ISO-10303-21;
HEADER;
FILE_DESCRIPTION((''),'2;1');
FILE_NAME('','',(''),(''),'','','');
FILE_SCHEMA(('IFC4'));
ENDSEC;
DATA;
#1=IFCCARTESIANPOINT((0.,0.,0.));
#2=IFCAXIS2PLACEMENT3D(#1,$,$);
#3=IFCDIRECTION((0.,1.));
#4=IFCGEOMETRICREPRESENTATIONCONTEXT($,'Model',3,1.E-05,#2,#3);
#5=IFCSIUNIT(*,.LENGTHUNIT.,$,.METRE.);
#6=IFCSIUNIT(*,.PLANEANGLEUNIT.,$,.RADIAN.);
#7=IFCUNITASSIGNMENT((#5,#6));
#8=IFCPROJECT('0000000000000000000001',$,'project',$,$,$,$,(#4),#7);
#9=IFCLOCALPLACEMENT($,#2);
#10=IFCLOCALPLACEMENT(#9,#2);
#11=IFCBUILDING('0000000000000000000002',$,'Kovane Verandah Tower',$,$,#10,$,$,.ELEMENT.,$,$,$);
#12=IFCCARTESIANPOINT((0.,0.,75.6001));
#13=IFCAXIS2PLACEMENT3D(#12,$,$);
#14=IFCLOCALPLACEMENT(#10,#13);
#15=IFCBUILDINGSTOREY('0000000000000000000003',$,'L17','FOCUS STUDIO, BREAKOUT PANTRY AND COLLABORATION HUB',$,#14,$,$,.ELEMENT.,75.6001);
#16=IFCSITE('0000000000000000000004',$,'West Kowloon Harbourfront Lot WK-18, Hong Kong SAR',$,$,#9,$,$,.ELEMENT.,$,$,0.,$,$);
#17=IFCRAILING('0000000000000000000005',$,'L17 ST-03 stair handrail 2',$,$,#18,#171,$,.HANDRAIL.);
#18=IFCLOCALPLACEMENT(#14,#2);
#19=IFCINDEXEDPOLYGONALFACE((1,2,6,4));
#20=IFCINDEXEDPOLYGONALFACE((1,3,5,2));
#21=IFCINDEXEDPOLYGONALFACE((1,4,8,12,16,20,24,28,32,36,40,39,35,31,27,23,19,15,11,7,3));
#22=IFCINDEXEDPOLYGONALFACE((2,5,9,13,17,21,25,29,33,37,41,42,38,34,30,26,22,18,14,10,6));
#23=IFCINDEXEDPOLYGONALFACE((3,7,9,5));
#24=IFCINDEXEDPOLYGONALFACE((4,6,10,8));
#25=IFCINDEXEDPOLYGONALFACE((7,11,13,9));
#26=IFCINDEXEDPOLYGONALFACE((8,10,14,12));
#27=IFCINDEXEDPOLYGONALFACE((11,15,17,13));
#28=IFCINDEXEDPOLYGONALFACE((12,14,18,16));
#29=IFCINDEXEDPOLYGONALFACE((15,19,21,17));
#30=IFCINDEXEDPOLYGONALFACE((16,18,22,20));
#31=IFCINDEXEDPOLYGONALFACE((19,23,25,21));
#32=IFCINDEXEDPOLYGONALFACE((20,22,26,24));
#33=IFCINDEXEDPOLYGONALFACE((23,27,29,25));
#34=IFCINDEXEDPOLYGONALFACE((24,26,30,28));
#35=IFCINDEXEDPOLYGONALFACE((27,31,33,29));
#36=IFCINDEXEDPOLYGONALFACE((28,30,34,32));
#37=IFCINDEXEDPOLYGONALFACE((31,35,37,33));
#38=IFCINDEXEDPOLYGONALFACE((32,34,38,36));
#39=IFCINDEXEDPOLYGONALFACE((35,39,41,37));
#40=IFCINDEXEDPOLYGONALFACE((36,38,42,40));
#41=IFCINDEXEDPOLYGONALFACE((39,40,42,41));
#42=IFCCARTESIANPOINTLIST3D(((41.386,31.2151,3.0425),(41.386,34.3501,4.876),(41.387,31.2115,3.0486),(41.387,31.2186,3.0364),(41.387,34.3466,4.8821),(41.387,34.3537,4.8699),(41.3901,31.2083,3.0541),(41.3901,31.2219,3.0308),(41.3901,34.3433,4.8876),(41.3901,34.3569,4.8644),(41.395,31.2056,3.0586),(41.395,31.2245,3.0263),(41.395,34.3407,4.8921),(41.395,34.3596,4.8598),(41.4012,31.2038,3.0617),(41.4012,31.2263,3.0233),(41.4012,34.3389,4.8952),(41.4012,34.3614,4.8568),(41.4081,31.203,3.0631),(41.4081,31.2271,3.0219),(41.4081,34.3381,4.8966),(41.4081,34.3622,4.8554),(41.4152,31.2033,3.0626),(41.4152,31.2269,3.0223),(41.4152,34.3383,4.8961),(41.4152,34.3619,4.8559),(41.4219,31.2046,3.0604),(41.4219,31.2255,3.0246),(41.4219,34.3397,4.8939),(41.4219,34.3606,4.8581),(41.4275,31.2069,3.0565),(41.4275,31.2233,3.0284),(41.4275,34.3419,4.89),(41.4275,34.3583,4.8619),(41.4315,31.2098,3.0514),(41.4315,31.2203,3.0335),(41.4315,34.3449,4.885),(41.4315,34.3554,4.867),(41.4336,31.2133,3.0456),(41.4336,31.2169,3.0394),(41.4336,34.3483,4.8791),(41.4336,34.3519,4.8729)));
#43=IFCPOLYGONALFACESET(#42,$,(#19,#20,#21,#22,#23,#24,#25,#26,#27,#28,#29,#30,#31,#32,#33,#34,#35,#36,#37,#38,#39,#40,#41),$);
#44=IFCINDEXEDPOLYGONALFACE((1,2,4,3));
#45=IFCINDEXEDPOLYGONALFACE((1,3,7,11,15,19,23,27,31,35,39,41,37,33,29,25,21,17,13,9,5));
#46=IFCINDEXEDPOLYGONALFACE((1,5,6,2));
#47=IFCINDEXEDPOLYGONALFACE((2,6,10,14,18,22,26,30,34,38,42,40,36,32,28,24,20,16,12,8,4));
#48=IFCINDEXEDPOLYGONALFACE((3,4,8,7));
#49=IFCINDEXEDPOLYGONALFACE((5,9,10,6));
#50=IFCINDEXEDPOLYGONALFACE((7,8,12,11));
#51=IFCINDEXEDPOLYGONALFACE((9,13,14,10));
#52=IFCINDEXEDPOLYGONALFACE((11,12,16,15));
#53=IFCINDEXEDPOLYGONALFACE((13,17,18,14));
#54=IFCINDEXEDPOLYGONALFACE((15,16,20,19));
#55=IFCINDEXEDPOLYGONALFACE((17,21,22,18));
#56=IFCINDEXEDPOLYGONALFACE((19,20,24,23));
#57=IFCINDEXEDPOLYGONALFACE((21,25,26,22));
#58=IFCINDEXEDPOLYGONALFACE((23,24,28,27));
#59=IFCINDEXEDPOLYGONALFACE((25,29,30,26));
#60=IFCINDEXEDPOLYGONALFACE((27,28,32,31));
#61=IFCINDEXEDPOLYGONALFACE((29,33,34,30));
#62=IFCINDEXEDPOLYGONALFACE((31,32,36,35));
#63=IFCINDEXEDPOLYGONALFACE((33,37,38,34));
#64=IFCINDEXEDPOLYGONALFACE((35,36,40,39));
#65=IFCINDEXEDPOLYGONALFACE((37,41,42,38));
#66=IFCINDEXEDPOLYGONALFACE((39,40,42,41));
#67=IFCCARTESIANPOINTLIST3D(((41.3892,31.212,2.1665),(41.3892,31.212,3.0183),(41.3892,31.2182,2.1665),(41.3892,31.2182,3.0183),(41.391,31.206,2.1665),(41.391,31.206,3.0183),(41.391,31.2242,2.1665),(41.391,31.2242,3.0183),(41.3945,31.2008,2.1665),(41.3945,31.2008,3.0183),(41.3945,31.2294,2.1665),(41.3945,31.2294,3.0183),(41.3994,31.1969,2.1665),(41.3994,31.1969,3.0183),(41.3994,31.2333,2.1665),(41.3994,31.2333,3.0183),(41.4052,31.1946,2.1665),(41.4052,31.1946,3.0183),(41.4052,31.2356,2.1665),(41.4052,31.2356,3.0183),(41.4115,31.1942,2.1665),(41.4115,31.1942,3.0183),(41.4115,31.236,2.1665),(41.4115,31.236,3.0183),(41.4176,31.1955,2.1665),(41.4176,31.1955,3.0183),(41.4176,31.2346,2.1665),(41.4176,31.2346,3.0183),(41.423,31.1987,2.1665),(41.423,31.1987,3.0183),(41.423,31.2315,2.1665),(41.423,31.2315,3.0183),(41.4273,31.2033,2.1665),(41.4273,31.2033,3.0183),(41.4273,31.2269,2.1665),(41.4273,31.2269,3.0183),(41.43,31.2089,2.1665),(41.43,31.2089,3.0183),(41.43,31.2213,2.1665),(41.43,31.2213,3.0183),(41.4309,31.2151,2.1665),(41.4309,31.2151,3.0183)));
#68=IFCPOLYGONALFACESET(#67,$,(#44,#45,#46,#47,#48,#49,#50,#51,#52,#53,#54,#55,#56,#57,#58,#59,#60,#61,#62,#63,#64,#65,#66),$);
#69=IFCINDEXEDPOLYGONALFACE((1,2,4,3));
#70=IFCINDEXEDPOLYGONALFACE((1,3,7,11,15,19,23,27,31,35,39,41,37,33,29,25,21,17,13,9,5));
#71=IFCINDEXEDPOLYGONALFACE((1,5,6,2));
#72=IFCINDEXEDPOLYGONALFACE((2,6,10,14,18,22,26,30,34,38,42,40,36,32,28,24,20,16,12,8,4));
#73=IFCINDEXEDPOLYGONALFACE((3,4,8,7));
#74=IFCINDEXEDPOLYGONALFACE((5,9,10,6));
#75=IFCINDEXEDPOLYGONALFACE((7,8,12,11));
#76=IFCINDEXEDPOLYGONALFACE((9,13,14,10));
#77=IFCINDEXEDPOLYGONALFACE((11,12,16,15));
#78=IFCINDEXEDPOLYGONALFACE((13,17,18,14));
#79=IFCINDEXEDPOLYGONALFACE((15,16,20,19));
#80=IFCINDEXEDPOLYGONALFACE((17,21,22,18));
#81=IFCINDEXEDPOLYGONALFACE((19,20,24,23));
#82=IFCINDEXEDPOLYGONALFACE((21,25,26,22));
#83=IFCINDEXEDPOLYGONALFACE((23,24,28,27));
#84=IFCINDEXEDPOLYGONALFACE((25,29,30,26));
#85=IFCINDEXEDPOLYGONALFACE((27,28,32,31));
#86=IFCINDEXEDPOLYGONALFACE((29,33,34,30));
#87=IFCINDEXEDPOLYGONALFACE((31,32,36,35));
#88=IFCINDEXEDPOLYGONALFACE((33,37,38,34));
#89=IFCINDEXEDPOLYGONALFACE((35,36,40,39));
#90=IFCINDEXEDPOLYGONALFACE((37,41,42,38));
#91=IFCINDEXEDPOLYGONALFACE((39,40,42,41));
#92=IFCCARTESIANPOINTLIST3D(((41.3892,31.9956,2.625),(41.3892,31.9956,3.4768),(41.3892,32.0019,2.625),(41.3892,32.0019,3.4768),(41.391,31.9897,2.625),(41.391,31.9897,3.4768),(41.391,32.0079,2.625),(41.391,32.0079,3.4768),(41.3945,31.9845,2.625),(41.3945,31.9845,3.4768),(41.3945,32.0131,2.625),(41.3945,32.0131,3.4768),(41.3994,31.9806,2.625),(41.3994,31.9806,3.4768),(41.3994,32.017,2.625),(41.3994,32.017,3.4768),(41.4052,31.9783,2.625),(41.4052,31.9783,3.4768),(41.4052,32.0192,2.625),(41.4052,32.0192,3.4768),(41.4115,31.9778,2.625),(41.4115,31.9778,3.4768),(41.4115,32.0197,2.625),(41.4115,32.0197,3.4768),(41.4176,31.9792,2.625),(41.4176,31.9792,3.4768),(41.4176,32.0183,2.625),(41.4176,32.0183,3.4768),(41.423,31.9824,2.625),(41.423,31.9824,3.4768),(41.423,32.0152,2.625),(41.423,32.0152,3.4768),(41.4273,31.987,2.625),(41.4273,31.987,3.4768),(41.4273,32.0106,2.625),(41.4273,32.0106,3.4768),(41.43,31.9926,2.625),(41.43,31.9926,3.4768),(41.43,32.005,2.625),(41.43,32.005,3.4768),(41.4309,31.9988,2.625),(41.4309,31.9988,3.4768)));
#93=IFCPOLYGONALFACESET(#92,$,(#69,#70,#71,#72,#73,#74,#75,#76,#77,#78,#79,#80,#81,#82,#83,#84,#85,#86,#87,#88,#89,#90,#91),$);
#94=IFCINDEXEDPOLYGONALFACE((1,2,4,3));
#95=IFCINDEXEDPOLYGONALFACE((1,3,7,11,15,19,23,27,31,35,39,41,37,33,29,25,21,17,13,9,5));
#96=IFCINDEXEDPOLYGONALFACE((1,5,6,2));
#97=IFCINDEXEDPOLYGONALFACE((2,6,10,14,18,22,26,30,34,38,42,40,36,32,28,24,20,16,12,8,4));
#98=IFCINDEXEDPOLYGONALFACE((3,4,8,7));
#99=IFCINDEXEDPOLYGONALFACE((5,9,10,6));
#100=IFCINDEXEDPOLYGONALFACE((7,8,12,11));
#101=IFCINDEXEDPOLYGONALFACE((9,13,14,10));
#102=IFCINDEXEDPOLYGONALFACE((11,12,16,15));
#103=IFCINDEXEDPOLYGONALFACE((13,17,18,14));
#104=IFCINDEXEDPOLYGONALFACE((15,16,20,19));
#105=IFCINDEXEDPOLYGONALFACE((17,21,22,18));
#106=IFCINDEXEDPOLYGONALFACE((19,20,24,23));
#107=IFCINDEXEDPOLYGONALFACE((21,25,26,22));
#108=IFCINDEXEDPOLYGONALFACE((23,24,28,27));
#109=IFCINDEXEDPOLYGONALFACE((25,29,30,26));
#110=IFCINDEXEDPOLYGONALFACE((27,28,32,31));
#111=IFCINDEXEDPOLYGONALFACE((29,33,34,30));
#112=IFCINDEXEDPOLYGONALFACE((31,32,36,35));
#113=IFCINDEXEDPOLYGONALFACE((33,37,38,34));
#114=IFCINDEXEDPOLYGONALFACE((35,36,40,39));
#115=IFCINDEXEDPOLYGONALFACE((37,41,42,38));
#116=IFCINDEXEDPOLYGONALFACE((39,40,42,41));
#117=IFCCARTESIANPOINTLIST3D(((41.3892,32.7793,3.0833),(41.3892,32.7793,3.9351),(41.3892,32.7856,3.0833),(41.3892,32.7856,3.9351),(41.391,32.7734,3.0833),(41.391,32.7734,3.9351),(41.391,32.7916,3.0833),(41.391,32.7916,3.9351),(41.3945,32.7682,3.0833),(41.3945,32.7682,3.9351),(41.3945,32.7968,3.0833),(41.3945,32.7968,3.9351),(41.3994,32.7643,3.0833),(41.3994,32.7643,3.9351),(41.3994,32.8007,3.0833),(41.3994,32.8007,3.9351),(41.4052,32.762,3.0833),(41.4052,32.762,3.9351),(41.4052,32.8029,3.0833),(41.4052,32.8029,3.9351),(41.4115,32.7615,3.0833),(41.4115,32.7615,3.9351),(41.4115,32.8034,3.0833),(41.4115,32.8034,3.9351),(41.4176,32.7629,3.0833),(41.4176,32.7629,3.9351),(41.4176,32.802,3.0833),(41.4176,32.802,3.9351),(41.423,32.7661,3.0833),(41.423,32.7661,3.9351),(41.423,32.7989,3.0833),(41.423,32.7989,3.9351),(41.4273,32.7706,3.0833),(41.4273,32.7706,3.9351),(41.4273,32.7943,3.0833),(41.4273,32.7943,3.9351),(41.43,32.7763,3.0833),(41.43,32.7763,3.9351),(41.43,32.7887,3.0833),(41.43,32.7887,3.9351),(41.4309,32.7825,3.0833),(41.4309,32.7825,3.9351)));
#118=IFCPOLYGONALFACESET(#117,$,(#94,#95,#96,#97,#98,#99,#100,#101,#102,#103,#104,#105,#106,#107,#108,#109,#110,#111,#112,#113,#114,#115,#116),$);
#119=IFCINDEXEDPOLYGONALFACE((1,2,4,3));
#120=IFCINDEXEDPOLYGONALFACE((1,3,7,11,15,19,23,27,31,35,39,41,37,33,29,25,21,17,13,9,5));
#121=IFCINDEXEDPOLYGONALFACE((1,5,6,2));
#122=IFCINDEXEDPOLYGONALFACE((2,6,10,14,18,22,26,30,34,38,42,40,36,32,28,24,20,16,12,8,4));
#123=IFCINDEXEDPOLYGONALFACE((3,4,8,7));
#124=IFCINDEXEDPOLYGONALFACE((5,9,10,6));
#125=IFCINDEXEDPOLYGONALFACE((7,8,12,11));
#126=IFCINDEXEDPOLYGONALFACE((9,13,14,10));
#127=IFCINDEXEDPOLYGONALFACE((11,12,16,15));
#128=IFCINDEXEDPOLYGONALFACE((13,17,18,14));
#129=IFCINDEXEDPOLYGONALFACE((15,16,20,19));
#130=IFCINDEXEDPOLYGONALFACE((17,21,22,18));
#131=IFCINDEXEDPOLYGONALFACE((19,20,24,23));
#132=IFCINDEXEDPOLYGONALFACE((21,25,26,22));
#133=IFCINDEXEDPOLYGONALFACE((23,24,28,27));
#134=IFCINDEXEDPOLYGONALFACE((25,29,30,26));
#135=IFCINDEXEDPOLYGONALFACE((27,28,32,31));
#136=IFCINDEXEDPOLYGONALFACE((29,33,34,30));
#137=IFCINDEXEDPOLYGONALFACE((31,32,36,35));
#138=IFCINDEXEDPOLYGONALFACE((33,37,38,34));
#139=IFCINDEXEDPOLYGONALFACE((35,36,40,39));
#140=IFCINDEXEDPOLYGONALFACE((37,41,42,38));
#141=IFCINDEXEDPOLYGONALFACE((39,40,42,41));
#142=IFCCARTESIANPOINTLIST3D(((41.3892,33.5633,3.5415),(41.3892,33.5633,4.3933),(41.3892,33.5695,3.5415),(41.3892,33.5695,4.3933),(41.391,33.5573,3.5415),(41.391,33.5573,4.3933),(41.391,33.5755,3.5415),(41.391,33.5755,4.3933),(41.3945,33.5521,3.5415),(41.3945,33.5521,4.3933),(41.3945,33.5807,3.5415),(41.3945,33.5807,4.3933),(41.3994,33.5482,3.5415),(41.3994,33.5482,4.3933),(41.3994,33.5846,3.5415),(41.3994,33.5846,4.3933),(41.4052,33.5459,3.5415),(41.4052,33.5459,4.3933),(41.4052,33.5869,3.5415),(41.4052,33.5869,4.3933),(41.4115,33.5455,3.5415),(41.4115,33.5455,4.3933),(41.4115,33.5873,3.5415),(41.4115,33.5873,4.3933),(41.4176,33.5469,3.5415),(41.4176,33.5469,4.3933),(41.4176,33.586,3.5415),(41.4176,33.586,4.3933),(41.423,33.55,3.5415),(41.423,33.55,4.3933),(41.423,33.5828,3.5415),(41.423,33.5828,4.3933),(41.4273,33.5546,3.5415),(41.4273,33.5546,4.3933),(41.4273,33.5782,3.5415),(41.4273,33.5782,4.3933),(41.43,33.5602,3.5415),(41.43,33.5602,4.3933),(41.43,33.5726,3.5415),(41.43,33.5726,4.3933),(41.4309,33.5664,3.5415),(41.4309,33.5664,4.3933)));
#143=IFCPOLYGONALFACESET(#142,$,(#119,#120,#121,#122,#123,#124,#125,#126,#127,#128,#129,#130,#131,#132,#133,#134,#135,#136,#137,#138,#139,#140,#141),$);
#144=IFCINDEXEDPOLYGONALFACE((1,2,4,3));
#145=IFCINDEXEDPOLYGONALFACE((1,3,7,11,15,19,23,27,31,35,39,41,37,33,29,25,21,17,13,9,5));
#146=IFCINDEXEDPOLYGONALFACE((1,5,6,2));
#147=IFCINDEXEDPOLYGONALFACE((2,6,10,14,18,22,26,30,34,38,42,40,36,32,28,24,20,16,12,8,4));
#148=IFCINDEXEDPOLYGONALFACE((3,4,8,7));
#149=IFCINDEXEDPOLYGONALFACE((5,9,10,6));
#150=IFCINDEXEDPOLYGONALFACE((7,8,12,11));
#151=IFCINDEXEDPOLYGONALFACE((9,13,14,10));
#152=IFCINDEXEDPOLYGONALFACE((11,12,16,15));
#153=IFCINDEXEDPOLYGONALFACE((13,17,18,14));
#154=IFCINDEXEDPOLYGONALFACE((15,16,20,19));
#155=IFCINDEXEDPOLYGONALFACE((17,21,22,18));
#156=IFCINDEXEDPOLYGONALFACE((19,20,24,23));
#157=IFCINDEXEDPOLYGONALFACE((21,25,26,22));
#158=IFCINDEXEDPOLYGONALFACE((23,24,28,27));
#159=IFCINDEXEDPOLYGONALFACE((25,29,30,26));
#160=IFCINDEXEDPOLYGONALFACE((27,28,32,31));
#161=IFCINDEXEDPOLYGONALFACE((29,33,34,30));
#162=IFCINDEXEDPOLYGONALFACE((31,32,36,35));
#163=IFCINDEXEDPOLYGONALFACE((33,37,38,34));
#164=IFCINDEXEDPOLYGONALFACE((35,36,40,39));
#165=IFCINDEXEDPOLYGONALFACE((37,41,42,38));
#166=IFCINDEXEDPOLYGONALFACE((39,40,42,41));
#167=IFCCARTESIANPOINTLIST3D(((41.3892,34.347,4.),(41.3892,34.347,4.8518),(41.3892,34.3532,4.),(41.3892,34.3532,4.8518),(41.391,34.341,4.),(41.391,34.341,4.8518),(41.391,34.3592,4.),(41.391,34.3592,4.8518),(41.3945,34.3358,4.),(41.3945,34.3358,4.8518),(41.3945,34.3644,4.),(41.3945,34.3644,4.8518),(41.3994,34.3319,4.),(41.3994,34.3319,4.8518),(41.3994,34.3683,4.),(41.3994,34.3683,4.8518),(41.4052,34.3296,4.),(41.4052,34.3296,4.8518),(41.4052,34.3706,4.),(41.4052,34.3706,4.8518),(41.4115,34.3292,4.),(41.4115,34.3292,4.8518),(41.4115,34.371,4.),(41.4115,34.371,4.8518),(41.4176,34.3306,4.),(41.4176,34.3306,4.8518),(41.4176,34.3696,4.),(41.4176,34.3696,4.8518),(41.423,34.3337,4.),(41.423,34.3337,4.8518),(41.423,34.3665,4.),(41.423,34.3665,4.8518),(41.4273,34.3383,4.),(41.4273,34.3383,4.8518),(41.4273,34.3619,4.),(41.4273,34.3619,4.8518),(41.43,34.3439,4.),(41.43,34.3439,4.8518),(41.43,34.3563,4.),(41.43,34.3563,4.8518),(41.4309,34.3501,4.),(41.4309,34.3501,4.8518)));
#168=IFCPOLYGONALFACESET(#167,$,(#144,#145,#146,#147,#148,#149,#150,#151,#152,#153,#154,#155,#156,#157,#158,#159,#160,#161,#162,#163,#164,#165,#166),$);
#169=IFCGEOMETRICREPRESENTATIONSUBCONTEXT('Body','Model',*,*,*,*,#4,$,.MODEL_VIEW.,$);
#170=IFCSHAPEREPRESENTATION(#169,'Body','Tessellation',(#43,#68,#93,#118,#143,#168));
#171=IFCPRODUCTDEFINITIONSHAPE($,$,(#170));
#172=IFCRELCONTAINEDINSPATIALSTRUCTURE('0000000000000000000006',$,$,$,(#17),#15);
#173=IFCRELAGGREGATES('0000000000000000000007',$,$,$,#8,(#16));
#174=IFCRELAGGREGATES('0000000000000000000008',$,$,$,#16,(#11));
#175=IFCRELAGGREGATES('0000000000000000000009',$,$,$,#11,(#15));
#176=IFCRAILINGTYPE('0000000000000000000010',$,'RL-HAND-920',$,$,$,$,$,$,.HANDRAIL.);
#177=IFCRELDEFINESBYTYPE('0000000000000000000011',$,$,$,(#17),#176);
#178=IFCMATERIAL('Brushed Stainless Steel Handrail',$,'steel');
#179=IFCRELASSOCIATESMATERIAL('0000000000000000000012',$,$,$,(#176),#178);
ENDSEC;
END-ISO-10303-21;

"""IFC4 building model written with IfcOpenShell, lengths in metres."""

from ifc_helpers import new_model, si_unit, direction, frame, origin, origin_2d, place, context, subcontext, project, spatial, circle, extrude, material, type_object, element, save


model = new_model("IFC4")

# Units and contexts
model_context = context("Model", 3, precision=1e-05, world=origin(), true_north=direction((0.0, 1.0)))
body_context = subcontext(model_context, "Body", "Model", "MODEL_VIEW")
ifc_project = project(units=[si_unit("LENGTHUNIT", "METRE"), si_unit("PLANEANGLEUNIT", "RADIAN")], contexts=[model_context])

# Site, building, storey
site_placement = place(None, origin())
site = spatial("IfcSite", under=ifc_project, at=site_placement, Name="West Kowloon Harbourfront Lot WK-18, Hong Kong SAR", CompositionType="ELEMENT", RefElevation=0.0)
building_placement = place(site_placement, origin())
building = spatial("IfcBuilding", under=site, at=building_placement, Name="Kovane Verandah Tower", CompositionType="ELEMENT")
storey_placement = place(building_placement, frame((0.0, 0.0, 75.6001)))
storey = spatial("IfcBuildingStorey", under=building, at=storey_placement, Name="L17", Description="FOCUS STUDIO, BREAKOUT PANTRY AND COLLABORATION HUB", CompositionType="ELEMENT", Elevation=75.6001)

# Railing
ifc_material_1 = material(Name="Brushed Stainless Steel Handrail", Category="steel")
railing_type_1 = type_object("IfcRailingType", Name="RL-HAND-920", PredefinedType="HANDRAIL", material=ifc_material_1)
railing_1_placement = place(storey_placement, frame((41.4099, 31.2151, 2.1665)))
element("IfcRailing", 1, at=railing_1_placement, inside=storey, type_object=railing_type_1, Name="L17 ST-03 stair handrail 2", PredefinedType="HANDRAIL", context=body_context, shape_type="SweptSolid", body=[
    extrude(circle(Radius=0.0239, at=origin_2d()), frame((0.0, 0.0, 0.876), z_axis=(0.0, 0.86321, 0.504845), x_axis=(-1.0, 0.0, 0.0)), (0.0, 0.0, 1.0), 3.6318),
    extrude(circle(Radius=0.021, at=origin_2d()), origin(), (0.0, 0.0, 1.0), 0.8518),
    extrude(circle(Radius=0.021, at=origin_2d()), frame((0.0, 0.7837, 0.4585)), (0.0, 0.0, 1.0), 0.8518),
    extrude(circle(Radius=0.021, at=origin_2d()), frame((0.0, 1.5674, 0.9167)), (0.0, 0.0, 1.0), 0.8518),
    extrude(circle(Radius=0.021, at=origin_2d()), frame((0.0, 2.3513, 1.375)), (0.0, 0.0, 1.0), 0.8518),
    extrude(circle(Radius=0.021, at=origin_2d()), frame((0.0, 3.135, 1.8335)), (0.0, 0.0, 1.0), 0.8518),
])

save(model, "model.ifc")
